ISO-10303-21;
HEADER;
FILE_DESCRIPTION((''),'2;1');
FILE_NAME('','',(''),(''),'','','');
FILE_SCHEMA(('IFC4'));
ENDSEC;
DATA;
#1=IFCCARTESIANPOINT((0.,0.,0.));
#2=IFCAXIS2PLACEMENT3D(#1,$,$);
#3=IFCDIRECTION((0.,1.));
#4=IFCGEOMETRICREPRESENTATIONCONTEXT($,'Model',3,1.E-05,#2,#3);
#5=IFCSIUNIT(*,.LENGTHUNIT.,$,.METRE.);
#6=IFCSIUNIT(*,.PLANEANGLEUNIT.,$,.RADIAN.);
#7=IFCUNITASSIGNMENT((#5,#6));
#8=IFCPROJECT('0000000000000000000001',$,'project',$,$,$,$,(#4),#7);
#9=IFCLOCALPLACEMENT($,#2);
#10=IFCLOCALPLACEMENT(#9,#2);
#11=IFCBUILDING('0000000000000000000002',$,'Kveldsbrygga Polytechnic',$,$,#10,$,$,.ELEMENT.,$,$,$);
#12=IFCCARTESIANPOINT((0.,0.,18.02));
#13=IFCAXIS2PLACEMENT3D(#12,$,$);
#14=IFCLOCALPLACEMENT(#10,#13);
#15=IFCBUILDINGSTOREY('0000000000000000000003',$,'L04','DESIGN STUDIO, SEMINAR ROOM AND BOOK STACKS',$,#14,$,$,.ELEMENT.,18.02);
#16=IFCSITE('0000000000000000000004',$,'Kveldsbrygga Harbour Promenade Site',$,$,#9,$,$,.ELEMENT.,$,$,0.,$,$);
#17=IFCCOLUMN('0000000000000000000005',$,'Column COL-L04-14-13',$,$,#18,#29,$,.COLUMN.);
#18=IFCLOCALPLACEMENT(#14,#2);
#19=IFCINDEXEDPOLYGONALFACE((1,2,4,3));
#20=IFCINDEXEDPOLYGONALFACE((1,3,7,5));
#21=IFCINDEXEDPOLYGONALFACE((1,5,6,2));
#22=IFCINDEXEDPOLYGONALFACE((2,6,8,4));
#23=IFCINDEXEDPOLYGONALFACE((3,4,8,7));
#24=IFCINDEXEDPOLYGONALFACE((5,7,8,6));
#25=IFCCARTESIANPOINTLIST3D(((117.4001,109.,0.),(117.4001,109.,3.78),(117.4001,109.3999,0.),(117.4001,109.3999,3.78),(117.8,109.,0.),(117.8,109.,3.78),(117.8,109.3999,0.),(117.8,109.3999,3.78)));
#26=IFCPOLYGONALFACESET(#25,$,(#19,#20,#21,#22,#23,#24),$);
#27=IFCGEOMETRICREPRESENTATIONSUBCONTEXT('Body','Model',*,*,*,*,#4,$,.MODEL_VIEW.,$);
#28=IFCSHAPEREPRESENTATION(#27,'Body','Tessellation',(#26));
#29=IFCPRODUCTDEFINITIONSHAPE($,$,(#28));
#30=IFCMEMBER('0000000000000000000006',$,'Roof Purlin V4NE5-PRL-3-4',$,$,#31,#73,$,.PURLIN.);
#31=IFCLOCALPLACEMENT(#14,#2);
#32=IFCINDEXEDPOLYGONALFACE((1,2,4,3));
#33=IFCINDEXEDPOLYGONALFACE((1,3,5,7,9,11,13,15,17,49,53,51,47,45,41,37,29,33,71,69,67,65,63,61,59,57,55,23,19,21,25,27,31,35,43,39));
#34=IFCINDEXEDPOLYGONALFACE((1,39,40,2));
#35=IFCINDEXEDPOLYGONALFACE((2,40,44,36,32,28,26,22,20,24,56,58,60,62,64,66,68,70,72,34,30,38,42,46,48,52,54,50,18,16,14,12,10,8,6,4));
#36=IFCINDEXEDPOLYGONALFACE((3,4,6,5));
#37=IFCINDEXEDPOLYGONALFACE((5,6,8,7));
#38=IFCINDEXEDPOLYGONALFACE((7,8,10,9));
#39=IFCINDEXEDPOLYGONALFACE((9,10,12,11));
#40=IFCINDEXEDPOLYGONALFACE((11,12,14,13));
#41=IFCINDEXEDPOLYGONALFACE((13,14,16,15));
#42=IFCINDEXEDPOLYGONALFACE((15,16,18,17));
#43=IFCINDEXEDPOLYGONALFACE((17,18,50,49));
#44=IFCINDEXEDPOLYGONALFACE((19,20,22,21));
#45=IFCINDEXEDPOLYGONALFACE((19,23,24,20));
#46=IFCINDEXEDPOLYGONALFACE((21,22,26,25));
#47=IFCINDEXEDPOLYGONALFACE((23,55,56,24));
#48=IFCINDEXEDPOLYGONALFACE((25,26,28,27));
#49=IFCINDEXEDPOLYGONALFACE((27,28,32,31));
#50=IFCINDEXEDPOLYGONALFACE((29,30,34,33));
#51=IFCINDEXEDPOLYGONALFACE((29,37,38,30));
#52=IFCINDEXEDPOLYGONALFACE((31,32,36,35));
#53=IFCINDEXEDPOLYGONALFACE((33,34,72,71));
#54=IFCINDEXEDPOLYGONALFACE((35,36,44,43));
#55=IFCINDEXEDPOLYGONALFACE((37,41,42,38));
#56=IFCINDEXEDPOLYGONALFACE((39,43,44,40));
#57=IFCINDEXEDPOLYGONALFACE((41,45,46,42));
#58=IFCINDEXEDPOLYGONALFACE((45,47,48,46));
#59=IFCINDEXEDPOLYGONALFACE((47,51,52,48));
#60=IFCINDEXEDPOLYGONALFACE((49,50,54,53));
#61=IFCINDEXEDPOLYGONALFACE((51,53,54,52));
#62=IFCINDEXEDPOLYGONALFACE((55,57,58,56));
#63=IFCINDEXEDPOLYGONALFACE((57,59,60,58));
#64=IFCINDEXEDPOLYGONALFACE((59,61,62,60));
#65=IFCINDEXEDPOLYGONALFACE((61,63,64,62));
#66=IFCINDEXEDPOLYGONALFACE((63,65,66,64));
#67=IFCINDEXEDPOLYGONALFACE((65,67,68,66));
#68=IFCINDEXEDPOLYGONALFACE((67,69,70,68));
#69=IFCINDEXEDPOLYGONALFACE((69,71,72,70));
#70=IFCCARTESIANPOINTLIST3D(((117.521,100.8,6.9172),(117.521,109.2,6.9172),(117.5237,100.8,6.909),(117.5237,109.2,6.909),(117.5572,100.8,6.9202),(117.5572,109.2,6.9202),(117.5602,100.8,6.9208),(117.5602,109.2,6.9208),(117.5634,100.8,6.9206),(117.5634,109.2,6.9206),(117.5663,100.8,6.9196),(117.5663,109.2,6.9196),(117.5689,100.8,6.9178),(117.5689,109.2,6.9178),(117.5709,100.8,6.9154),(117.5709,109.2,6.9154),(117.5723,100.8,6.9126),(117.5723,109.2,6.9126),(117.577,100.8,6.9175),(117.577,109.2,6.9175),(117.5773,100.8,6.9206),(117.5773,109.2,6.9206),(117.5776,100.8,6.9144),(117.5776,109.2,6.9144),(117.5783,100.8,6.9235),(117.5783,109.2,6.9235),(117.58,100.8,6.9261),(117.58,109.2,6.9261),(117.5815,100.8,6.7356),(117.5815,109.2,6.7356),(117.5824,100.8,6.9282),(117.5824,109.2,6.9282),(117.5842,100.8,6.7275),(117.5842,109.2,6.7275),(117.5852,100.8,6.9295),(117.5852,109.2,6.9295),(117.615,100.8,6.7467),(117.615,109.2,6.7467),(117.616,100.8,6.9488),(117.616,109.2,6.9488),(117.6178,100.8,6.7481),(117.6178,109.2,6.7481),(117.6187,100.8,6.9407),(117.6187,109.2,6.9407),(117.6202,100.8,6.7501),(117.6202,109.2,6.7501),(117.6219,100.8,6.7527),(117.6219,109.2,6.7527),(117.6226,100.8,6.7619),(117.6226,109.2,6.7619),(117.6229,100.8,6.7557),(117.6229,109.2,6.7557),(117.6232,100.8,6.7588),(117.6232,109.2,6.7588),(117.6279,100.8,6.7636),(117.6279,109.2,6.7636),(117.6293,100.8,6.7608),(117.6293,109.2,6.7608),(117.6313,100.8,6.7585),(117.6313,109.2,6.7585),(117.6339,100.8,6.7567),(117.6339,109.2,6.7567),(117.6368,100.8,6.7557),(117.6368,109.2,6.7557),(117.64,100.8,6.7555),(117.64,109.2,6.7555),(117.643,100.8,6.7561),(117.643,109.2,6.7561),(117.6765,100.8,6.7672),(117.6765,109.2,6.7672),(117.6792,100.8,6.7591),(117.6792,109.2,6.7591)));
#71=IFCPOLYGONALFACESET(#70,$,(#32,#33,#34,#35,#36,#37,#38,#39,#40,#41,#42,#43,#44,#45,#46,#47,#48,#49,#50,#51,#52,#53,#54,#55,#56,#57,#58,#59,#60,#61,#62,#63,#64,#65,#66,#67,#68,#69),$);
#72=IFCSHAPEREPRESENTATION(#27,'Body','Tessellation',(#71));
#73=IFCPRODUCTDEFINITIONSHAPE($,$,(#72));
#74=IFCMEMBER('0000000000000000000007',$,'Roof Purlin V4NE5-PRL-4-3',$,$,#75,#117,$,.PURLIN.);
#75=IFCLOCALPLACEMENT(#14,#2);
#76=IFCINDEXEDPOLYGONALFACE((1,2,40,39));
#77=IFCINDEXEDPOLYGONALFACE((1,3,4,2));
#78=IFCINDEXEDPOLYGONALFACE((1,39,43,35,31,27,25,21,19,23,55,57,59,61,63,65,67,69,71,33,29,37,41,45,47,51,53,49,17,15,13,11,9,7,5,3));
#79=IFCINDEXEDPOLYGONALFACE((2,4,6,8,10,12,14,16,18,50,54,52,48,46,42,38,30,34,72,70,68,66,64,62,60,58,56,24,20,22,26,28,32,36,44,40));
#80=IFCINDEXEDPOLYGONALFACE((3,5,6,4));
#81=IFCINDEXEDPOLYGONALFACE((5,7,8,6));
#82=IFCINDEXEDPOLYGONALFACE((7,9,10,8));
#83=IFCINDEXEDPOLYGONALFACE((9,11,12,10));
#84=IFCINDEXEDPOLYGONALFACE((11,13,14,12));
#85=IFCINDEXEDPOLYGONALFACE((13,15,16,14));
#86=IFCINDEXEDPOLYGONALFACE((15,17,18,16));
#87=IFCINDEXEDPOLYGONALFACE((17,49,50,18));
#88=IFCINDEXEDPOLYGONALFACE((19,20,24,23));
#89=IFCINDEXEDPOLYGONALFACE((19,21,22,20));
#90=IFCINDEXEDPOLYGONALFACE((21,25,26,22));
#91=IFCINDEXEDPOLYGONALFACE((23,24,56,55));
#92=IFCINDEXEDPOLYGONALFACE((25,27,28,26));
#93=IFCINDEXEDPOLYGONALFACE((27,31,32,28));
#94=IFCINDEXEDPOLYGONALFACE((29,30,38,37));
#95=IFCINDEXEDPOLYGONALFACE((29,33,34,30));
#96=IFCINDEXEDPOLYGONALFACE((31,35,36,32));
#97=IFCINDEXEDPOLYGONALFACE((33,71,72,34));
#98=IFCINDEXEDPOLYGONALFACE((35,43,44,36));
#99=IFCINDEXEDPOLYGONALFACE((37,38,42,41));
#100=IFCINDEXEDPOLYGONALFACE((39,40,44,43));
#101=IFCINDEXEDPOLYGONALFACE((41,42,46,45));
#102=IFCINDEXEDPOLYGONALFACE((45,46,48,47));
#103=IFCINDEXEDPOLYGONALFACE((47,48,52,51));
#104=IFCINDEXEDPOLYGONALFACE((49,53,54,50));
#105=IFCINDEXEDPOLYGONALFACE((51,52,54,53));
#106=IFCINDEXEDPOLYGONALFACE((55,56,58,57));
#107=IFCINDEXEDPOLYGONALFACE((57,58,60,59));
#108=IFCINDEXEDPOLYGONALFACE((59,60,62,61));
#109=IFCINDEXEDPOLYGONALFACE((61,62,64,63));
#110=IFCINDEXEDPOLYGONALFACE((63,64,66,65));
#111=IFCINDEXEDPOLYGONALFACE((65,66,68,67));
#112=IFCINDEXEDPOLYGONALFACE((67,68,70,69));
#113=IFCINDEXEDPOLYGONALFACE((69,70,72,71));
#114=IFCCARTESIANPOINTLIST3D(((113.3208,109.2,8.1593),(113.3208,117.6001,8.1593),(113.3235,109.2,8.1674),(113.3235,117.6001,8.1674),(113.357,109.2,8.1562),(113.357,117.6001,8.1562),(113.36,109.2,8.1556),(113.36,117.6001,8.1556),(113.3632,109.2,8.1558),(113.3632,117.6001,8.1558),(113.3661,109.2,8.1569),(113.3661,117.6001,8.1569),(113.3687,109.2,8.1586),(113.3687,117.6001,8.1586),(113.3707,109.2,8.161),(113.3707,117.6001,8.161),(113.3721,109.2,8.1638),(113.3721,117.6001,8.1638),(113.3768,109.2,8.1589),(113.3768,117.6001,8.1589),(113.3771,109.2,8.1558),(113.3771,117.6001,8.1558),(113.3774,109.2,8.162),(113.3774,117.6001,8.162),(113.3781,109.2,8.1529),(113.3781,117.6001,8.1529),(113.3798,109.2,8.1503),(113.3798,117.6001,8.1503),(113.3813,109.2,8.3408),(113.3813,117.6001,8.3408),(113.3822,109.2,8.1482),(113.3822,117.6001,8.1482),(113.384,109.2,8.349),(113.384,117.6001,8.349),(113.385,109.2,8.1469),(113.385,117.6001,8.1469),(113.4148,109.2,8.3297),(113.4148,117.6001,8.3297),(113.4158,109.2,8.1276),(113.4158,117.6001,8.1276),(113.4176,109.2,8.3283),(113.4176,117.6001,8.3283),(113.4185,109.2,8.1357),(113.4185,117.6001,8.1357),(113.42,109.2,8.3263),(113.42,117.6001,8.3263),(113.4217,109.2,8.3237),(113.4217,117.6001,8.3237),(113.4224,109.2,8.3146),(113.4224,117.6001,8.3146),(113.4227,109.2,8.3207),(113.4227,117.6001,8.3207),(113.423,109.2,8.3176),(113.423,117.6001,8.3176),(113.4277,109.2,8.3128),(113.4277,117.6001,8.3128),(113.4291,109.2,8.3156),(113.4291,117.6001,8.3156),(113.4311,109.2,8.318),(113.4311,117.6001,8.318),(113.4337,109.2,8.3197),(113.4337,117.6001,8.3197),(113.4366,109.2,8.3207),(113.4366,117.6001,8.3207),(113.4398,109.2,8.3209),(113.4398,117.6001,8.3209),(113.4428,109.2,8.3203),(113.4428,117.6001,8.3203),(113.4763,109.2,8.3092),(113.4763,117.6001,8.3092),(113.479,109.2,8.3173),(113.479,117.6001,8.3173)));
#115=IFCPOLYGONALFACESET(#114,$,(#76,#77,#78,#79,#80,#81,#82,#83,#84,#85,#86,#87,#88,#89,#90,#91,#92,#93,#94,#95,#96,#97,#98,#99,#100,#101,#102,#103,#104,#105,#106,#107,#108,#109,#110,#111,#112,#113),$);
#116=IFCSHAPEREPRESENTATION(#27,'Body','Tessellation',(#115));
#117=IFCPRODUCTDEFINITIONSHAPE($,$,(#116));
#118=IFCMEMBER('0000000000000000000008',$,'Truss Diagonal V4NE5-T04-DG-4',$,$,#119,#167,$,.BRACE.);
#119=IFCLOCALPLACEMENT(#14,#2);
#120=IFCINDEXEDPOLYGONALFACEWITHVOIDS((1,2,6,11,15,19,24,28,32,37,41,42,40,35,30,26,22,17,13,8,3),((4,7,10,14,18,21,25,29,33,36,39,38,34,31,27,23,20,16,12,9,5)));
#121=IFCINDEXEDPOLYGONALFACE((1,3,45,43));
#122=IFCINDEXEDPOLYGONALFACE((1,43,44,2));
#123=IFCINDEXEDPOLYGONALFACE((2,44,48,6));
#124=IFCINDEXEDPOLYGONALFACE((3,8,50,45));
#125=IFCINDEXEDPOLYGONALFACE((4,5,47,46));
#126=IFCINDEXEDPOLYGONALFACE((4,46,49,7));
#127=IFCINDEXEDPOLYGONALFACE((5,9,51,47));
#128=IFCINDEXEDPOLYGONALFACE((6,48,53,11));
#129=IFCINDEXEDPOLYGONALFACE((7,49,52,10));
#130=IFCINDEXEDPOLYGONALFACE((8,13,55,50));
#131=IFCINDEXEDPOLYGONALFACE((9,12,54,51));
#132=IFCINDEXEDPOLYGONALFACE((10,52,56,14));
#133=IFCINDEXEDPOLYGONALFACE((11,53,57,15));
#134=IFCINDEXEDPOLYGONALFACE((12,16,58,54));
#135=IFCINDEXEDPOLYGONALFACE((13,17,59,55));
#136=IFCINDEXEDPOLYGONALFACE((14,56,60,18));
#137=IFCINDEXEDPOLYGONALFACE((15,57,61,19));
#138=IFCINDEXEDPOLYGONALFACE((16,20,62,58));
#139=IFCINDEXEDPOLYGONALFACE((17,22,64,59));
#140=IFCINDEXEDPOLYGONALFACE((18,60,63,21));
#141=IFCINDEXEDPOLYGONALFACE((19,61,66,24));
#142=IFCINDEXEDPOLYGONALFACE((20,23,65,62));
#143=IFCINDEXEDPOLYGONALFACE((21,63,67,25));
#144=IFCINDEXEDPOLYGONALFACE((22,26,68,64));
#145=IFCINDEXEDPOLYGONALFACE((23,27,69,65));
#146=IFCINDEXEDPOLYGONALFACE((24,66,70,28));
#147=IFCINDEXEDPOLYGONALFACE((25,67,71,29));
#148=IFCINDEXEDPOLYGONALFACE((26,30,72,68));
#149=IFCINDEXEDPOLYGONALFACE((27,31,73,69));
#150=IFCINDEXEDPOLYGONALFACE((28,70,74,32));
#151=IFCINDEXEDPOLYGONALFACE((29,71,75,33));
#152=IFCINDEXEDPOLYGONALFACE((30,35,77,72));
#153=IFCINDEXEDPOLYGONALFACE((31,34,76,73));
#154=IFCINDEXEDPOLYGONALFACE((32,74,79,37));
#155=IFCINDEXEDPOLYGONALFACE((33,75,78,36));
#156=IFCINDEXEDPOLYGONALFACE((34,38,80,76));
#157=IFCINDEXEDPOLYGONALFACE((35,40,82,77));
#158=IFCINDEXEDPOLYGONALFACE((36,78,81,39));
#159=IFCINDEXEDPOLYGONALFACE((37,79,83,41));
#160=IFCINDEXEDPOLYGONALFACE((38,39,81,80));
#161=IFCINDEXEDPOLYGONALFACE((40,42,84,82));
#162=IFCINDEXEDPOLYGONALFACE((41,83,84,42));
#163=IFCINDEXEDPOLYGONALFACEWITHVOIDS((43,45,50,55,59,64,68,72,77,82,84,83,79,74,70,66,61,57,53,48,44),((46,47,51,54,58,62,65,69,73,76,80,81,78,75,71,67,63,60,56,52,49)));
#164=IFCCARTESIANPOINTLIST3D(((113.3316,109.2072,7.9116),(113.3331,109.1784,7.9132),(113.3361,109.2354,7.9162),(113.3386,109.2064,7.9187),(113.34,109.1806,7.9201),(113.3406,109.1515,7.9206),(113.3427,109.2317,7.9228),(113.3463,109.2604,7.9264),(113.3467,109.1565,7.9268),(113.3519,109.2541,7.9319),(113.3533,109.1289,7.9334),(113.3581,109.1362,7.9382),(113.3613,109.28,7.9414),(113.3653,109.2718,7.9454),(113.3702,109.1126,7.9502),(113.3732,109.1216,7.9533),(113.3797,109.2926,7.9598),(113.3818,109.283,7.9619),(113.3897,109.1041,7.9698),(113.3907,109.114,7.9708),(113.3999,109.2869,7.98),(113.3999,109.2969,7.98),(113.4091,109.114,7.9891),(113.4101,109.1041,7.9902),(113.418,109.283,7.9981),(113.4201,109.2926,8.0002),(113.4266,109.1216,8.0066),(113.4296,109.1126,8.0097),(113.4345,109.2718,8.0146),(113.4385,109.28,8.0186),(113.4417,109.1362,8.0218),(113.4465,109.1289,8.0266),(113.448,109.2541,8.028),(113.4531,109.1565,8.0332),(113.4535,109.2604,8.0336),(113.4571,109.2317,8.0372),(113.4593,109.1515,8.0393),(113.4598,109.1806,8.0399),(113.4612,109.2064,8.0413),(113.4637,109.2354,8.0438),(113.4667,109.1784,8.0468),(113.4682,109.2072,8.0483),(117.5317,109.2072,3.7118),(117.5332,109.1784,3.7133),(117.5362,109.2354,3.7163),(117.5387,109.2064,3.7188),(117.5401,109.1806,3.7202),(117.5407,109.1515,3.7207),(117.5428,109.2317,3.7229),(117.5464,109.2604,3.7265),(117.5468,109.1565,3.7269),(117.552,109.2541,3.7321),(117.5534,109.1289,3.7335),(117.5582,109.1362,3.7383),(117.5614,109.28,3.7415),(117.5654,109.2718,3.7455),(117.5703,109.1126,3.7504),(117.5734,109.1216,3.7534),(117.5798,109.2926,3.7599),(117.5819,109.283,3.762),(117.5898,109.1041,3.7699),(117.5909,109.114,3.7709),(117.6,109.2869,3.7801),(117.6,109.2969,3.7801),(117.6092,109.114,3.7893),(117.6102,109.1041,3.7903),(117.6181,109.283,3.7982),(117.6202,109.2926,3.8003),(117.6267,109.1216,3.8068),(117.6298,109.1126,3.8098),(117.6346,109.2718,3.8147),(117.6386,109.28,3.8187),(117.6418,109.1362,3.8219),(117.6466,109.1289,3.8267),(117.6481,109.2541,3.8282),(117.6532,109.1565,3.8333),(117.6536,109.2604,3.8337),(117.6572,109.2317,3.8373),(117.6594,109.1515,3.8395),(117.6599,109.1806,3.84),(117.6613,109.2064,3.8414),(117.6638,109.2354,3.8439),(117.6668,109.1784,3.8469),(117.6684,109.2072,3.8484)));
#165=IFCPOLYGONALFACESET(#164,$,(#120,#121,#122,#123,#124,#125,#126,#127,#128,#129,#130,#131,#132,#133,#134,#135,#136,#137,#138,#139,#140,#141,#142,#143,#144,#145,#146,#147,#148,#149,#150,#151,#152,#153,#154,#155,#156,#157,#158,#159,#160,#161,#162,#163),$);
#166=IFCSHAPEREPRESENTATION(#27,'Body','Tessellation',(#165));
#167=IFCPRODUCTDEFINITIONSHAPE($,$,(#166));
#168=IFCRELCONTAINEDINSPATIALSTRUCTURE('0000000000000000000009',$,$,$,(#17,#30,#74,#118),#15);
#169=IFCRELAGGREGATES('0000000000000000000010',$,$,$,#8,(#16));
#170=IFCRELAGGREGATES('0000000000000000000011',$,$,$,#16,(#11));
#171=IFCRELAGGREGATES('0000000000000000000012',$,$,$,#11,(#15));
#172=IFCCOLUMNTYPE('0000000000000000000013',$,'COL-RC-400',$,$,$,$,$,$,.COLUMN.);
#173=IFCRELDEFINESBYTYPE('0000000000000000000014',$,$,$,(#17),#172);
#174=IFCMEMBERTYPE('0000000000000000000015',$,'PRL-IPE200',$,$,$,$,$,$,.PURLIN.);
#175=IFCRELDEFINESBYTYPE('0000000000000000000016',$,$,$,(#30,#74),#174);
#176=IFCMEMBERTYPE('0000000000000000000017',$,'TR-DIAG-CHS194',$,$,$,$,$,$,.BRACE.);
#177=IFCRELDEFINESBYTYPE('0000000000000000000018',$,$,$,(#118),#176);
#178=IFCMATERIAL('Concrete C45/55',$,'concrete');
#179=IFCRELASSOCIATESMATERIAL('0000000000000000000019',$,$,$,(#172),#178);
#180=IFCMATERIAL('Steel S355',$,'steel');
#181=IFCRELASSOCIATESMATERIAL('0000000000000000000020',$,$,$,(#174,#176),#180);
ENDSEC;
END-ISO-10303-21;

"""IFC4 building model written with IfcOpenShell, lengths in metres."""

from ifc_helpers import new_model, si_unit, direction, frame, origin, origin_2d, place, context, subcontext, project, spatial, rectangle, hollow_circle, i_section, extrude, material, material_profile, profile_set, type_object, element, save


model = new_model("IFC4")

# Units and contexts
model_context = context("Model", 3, precision=1e-05, world=origin(), true_north=direction((0.0, 1.0)))
body_context = subcontext(model_context, "Body", "Model", "MODEL_VIEW")
ifc_project = project(units=[si_unit("LENGTHUNIT", "METRE"), si_unit("PLANEANGLEUNIT", "RADIAN")], contexts=[model_context])

# Site, building, storey
site_placement = place(None, origin())
site = spatial("IfcSite", under=ifc_project, at=site_placement, Name="Kveldsbrygga Harbour Promenade Site", CompositionType="ELEMENT", RefElevation=0.0)
building_placement = place(site_placement, origin())
building = spatial("IfcBuilding", under=site, at=building_placement, Name="Kveldsbrygga Polytechnic", CompositionType="ELEMENT")
storey_placement = place(building_placement, frame((0.0, 0.0, 18.02)))
storey = spatial("IfcBuildingStorey", under=building, at=storey_placement, Name="L04", Description="DESIGN STUDIO, SEMINAR ROOM AND BOOK STACKS", CompositionType="ELEMENT", Elevation=18.02)

# Column
ifc_material_1 = material(Name="Concrete C45/55", Category="concrete")
ifc_material_profile_1 = material_profile(ifc_material_1, rectangle(XDim=0.3999, YDim=0.3999, at=origin_2d()), Name="RC 400x400")
ifc_profile_set_1 = profile_set([ifc_material_profile_1], Name="Concrete C45/55")
column_type = type_object("IfcColumnType", Name="COL-RC-400", PredefinedType="COLUMN", material=ifc_profile_set_1)
column_placement = place(storey_placement, frame((117.6001, 109.2, 0.0), z_axis=(0.0, 0.0, 1.0), x_axis=(1.0, 0.0, 0.0)))
element("IfcColumn", 1, at=column_placement, inside=storey, type_object=column_type, Name="Column COL-L04-14-13", PredefinedType="COLUMN", context=body_context, shape_type="SweptSolid", body=[
    extrude(rectangle(XDim=0.3999, YDim=0.3999, at=origin_2d()), origin(), (0.0, 0.0, 1.0), 3.78),
])

# Members
ifc_material_2 = material(Name="Steel S355", Category="steel")
ifc_material_profile_2 = material_profile(ifc_material_2, i_section(OverallWidth=0.1001, OverallDepth=0.2, WebThickness=0.0056, FlangeThickness=0.0085, FilletRadius=0.012, at=origin_2d()), Name="IPE 200")
ifc_profile_set_2 = profile_set([ifc_material_profile_2], Name="Steel S355")
member_type_1 = type_object("IfcMemberType", Name="PRL-IPE200", PredefinedType="PURLIN", material=ifc_profile_set_2)
member_1_placement = place(storey_placement, frame((117.6001, 100.8, 6.8381), z_axis=(0.0, 1.0, 0.0), x_axis=(-0.948684, 0.0, -0.316227)))
element("IfcMember", 2, at=member_1_placement, inside=storey, type_object=member_type_1, Name="Roof Purlin V4NE5-PRL-3-4", PredefinedType="PURLIN", context=body_context, shape_type="SweptSolid", body=[
    extrude(i_section(OverallWidth=0.1001, OverallDepth=0.2, WebThickness=0.0056, FlangeThickness=0.0085, FilletRadius=0.012, at=origin_2d()), origin(), (0.0, 0.0, 1.0), 8.3999),
])
member_2_placement = place(storey_placement, frame((113.3999, 109.2, 8.2383), z_axis=(0.0, 1.0, 0.0), x_axis=(-0.948684, 0.0, 0.316227)))
element("IfcMember", 3, at=member_2_placement, inside=storey, type_object=member_type_1, Name="Roof Purlin V4NE5-PRL-4-3", PredefinedType="PURLIN", context=body_context, shape_type="SweptSolid", body=[
    extrude(i_section(OverallWidth=0.1001, OverallDepth=0.2, WebThickness=0.0056, FlangeThickness=0.0085, FilletRadius=0.012, at=origin_2d()), origin(), (0.0, 0.0, 1.0), 8.4001),
])
ifc_material_profile_3 = material_profile(ifc_material_2, hollow_circle(Radius=0.0969, WallThickness=0.01, at=origin_2d()), Name="CHS 193.7x10.0")
ifc_profile_set_3 = profile_set([ifc_material_profile_3], Name="Steel S355")
member_type_2 = type_object("IfcMemberType", Name="TR-DIAG-CHS194", PredefinedType="BRACE", material=ifc_profile_set_3)
member_3_placement = place(storey_placement, frame((113.3999, 109.2, 7.98), z_axis=(0.707127, 0.0, -0.707086), x_axis=(0.0, 1.0, 0.0)))
element("IfcMember", 4, at=member_3_placement, inside=storey, type_object=member_type_2, Name="Truss Diagonal V4NE5-T04-DG-4", PredefinedType="BRACE", context=body_context, shape_type="SweptSolid", body=[
    extrude(hollow_circle(Radius=0.0969, WallThickness=0.01, at=origin_2d()), origin(), (0.0, 0.0, 1.0), 5.9397),
])

save(model, "model.ifc")
